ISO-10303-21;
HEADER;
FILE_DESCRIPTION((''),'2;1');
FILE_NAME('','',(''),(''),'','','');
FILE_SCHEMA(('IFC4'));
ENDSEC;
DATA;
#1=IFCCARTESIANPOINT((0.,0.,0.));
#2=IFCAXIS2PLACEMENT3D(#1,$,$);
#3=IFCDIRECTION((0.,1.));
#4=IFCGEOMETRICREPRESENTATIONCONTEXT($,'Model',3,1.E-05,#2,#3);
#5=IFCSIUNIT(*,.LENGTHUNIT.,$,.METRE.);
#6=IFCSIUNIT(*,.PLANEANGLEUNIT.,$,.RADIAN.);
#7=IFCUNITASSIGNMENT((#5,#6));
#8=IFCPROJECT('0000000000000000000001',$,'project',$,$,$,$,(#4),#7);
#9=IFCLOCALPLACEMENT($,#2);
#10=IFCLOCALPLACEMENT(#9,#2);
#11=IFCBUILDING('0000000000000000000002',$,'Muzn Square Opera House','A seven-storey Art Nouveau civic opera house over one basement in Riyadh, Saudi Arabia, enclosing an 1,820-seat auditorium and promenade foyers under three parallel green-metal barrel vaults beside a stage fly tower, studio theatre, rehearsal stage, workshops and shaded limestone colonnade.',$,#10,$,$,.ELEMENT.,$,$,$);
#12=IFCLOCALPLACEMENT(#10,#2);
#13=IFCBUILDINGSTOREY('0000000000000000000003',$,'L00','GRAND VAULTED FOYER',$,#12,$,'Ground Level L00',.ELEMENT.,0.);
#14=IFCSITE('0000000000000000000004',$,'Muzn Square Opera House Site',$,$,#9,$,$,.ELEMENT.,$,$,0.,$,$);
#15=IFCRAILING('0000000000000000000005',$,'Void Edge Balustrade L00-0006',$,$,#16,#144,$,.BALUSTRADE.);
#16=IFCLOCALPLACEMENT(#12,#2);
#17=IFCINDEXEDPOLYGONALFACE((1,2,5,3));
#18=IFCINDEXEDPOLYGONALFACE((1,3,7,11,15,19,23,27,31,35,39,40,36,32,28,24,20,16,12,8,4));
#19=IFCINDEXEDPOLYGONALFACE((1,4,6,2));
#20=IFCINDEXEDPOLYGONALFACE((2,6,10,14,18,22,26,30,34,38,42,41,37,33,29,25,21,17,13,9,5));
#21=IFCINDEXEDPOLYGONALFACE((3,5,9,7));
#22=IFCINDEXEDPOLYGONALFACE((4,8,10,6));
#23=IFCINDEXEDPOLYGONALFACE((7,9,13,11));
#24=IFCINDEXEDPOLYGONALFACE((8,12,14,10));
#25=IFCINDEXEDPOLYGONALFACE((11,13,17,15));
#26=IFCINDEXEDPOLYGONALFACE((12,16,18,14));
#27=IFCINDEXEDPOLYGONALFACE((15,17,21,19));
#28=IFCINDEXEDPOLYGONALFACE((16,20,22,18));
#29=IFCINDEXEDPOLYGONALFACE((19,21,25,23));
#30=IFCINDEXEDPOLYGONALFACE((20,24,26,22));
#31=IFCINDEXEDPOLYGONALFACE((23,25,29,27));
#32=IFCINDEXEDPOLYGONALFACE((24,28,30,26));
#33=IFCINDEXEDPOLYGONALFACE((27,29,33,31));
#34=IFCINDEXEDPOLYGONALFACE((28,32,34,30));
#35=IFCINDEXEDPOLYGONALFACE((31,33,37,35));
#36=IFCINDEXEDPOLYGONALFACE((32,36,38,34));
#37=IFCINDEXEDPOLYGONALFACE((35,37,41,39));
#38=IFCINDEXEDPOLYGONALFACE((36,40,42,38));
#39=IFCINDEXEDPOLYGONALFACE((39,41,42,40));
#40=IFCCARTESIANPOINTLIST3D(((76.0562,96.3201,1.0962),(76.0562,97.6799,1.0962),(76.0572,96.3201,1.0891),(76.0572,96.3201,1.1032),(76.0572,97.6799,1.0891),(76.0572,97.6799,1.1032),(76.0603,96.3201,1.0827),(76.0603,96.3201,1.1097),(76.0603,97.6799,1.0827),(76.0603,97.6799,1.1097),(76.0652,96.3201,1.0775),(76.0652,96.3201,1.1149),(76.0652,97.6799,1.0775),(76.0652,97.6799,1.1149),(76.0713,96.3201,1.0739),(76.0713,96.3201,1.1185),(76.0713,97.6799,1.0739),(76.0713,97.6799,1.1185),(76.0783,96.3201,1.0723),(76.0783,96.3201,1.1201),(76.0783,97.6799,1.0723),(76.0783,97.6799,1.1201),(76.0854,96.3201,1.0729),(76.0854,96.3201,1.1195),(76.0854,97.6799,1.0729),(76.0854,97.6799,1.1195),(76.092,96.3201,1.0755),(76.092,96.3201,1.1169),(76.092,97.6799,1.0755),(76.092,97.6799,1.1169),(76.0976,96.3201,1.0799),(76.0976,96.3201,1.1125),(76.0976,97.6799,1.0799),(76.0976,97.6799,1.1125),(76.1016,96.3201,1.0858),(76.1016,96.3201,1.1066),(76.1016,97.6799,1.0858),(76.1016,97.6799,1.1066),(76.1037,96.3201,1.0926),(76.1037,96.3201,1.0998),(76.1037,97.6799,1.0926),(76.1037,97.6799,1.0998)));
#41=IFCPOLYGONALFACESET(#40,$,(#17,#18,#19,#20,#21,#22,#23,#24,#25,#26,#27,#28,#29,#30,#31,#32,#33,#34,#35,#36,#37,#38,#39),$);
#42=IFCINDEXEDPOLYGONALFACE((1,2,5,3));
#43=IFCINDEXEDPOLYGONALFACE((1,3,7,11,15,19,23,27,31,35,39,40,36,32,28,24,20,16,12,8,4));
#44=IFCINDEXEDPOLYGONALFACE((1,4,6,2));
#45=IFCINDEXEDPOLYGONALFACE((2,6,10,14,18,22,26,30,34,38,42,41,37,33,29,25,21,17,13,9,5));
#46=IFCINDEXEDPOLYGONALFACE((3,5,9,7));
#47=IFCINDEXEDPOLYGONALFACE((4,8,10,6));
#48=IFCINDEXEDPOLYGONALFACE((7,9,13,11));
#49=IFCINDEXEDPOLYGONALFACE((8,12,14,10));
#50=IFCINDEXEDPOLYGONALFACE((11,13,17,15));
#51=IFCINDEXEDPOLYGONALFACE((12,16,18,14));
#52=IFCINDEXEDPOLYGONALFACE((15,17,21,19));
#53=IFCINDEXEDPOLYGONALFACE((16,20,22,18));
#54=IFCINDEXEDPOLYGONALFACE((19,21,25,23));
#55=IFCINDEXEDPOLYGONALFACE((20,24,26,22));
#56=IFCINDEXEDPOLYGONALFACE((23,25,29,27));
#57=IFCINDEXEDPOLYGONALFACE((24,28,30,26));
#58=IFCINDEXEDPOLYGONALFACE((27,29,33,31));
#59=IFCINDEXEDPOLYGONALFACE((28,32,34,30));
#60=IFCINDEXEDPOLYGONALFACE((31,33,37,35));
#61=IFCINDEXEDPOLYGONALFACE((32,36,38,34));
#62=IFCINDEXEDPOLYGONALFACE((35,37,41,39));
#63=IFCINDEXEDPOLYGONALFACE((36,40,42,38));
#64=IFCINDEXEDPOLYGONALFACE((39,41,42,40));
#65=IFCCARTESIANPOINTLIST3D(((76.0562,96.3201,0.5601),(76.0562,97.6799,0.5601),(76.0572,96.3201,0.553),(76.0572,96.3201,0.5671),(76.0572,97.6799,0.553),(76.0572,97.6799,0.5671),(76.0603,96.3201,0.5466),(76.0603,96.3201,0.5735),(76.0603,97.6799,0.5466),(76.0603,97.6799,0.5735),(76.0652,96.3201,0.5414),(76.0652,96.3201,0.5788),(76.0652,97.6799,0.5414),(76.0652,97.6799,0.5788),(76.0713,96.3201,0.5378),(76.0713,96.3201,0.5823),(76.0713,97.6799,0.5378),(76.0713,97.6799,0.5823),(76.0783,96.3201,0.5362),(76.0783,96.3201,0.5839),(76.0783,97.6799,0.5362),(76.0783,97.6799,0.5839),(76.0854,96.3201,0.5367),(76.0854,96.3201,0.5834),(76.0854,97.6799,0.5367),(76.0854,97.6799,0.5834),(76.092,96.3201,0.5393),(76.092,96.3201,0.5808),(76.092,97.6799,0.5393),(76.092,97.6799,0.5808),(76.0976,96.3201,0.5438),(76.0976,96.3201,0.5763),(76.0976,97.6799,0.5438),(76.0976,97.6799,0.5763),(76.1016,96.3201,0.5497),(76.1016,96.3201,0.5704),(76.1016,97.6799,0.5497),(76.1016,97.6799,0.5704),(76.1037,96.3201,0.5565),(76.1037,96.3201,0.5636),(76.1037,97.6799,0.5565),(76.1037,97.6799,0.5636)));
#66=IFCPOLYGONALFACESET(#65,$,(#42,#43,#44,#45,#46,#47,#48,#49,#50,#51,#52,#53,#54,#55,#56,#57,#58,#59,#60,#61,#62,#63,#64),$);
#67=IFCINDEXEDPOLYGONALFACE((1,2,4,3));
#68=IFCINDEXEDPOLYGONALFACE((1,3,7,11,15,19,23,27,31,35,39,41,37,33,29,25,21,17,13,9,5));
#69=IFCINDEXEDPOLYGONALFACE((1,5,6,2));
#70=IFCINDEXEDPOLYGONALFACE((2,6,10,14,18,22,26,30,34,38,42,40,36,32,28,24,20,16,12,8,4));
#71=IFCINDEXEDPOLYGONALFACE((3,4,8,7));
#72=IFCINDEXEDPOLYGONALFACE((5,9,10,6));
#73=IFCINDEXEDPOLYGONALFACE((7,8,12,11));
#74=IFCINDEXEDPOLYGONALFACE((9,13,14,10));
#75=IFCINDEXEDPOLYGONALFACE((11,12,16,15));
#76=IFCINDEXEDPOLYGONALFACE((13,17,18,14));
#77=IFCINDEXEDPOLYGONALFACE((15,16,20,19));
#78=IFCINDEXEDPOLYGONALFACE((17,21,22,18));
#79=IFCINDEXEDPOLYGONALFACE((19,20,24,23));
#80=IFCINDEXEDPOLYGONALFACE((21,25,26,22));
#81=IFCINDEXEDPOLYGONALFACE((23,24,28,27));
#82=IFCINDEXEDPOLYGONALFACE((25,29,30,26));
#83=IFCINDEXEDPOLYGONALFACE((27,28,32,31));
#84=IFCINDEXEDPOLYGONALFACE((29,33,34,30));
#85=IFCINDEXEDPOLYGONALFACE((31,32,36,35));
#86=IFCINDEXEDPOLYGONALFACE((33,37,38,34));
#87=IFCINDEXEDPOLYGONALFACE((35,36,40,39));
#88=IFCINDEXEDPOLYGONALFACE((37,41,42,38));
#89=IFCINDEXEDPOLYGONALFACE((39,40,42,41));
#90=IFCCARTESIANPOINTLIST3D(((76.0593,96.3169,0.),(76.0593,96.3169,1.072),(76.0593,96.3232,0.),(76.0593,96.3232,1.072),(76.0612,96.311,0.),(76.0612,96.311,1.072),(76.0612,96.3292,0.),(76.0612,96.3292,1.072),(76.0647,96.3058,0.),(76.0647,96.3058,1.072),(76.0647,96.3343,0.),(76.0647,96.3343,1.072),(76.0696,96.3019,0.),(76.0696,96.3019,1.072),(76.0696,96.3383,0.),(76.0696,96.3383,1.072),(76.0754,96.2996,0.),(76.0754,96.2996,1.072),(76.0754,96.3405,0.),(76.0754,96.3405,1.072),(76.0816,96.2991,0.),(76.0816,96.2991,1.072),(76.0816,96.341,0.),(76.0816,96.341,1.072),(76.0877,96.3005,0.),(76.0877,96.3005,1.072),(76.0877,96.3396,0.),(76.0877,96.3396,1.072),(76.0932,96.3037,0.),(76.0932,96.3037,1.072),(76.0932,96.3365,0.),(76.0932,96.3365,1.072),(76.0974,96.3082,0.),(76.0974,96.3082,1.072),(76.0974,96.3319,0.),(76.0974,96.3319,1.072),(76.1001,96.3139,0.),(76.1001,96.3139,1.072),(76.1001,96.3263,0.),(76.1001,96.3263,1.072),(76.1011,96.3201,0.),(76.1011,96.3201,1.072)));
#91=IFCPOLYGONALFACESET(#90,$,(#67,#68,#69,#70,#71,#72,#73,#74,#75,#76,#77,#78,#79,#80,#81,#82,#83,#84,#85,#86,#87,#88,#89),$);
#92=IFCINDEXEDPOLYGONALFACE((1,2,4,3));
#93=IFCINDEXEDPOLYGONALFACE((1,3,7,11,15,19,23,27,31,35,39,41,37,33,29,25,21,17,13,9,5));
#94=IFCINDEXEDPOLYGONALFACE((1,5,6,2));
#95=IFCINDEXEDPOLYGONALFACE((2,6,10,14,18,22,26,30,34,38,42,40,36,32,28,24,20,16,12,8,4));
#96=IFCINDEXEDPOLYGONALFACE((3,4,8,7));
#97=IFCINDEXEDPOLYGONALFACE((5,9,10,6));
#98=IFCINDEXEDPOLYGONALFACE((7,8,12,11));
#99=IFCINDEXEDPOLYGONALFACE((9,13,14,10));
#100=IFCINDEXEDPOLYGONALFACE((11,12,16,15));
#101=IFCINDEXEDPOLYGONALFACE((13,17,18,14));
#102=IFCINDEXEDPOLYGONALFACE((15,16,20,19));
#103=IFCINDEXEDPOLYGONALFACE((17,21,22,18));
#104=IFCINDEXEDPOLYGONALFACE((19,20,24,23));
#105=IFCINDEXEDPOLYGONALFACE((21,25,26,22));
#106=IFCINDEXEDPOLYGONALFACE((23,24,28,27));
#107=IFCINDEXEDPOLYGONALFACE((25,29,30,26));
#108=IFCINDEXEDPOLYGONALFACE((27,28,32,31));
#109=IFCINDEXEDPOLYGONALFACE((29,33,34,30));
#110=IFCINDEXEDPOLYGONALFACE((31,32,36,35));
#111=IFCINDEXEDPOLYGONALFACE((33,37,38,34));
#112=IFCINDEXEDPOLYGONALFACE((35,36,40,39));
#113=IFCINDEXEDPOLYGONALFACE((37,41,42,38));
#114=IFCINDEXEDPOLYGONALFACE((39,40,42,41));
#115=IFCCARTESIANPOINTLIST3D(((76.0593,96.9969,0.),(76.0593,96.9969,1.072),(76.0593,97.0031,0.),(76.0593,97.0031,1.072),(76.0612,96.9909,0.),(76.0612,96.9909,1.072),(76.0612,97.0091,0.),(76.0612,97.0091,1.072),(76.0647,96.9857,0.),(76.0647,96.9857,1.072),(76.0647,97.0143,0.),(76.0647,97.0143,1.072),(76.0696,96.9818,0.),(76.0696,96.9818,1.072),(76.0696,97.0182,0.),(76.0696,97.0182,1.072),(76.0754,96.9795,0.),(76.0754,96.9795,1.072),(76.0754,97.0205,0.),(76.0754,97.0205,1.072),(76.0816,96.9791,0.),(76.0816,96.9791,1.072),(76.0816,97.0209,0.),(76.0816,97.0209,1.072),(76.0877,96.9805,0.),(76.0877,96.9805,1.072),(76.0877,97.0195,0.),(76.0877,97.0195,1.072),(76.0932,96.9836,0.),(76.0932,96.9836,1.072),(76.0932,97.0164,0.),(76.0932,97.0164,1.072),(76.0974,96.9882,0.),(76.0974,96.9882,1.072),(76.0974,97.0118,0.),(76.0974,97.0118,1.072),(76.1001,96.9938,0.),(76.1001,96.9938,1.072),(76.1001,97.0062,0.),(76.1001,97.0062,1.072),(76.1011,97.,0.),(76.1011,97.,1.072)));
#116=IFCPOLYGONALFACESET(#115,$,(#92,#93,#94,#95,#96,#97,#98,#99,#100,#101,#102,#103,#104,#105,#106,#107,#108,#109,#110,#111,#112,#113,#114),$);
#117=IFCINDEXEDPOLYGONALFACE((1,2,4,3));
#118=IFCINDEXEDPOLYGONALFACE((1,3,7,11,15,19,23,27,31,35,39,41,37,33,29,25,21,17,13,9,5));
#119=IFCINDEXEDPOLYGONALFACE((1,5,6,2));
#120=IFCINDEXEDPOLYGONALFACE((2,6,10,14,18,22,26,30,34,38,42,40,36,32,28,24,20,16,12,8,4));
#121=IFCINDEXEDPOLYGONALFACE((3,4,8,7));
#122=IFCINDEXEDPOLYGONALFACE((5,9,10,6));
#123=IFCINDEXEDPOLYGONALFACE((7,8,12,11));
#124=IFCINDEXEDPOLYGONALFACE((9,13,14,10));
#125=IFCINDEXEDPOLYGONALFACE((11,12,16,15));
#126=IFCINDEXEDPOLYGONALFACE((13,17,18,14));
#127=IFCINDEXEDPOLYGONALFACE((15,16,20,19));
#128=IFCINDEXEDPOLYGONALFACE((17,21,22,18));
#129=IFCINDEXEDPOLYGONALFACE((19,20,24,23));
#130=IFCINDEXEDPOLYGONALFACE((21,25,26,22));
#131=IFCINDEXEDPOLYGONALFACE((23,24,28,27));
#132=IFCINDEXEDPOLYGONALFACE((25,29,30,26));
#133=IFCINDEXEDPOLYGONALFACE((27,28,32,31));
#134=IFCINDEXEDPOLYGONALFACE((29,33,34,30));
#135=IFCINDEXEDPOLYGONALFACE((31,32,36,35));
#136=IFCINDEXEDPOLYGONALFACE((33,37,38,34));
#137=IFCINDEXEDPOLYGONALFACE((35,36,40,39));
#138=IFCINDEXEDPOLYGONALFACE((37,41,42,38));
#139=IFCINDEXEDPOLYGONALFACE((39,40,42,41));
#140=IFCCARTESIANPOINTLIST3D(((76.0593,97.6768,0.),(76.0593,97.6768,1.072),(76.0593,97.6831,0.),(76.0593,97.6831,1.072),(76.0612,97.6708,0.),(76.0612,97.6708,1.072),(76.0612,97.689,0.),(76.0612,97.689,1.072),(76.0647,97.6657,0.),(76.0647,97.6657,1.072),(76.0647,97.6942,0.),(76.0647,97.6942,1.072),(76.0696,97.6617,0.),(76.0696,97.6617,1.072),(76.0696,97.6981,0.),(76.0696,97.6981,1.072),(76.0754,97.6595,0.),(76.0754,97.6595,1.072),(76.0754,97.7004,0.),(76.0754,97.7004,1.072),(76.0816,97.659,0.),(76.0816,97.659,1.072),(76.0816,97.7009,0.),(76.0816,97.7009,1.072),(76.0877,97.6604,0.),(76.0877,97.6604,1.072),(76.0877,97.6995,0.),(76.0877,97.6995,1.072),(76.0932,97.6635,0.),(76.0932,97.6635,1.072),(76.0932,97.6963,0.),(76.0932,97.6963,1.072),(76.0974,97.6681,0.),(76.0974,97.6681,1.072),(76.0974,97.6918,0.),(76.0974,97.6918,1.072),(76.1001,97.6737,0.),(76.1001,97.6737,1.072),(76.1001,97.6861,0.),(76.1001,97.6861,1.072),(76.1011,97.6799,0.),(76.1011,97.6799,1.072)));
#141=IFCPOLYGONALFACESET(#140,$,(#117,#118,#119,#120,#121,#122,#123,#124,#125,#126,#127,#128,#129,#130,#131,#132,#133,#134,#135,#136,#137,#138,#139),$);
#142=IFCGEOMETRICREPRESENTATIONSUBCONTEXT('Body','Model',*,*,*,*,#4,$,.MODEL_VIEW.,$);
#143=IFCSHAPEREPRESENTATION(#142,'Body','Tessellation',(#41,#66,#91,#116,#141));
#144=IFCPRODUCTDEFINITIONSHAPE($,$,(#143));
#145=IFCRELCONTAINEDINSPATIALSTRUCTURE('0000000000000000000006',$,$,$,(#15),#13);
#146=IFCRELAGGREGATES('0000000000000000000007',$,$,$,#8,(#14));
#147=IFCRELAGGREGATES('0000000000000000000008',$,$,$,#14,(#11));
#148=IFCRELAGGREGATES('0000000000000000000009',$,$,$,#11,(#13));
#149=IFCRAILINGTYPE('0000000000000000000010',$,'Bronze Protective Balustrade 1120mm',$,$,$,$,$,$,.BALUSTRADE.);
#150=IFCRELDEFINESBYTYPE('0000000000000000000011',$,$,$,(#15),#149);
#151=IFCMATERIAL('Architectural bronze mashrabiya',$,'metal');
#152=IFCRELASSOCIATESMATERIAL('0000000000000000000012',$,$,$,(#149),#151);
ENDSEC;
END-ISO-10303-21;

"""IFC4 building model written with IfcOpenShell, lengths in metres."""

from ifc_helpers import new_model, si_unit, direction, frame, origin, origin_2d, place, context, subcontext, project, spatial, circle, extrude, material, type_object, element, save


model = new_model("IFC4")

# Units and contexts
model_context = context("Model", 3, precision=1e-05, world=origin(), true_north=direction((0.0, 1.0)))
body_context = subcontext(model_context, "Body", "Model", "MODEL_VIEW")
ifc_project = project(units=[si_unit("LENGTHUNIT", "METRE"), si_unit("PLANEANGLEUNIT", "RADIAN")], contexts=[model_context])

# Site, building, storey
site_placement = place(None, origin())
site = spatial("IfcSite", under=ifc_project, at=site_placement, Name="Muzn Square Opera House Site", CompositionType="ELEMENT", RefElevation=0.0)
building_placement = place(site_placement, origin())
building = spatial("IfcBuilding", under=site, at=building_placement, Name="Muzn Square Opera House", Description="A seven-storey Art Nouveau civic opera house over one basement in Riyadh, Saudi Arabia, enclosing an 1,820-seat auditorium and promenade foyers under three parallel green-metal barrel vaults beside a stage fly tower, studio theatre, rehearsal stage, workshops and shaded limestone colonnade.", CompositionType="ELEMENT")
storey_placement = place(building_placement, origin())
storey = spatial("IfcBuildingStorey", under=building, at=storey_placement, Name="L00", Description="GRAND VAULTED FOYER", LongName="Ground Level L00", CompositionType="ELEMENT", Elevation=0.0)

# Railing
ifc_material_1 = material(Name="Architectural bronze mashrabiya", Category="metal")
railing_type_1 = type_object("IfcRailingType", Name="Bronze Protective Balustrade 1120mm", PredefinedType="BALUSTRADE", material=ifc_material_1)
railing_1_placement = place(storey_placement, frame((76.0801, 96.3201, 0.0)))
element("IfcRailing", 1, at=railing_1_placement, inside=storey, type_object=railing_type_1, Name="Void Edge Balustrade L00-0006", PredefinedType="BALUSTRADE", context=body_context, shape_type="SweptSolid", body=[
    extrude(circle(Radius=0.0239, at=origin_2d()), frame((0.0, 0.0, 1.0962), z_axis=(0.0, 1.0, 0.0), x_axis=(-1.0, 0.0, 0.0)), (0.0, 0.0, 1.0), 1.3599),
    extrude(circle(Radius=0.0239, at=origin_2d()), frame((0.0, 0.0, 0.5601), z_axis=(0.0, 1.0, 0.0), x_axis=(-1.0, 0.0, 0.0)), (0.0, 0.0, 1.0), 1.3599),
    extrude(circle(Radius=0.021, at=origin_2d()), origin(), (0.0, 0.0, 1.0), 1.072),
    extrude(circle(Radius=0.021, at=origin_2d()), frame((0.0, 0.6799, 0.0)), (0.0, 0.0, 1.0), 1.072),
    extrude(circle(Radius=0.021, at=origin_2d()), frame((0.0, 1.3599, 0.0)), (0.0, 0.0, 1.0), 1.072),
])

save(model, "model.ifc")
